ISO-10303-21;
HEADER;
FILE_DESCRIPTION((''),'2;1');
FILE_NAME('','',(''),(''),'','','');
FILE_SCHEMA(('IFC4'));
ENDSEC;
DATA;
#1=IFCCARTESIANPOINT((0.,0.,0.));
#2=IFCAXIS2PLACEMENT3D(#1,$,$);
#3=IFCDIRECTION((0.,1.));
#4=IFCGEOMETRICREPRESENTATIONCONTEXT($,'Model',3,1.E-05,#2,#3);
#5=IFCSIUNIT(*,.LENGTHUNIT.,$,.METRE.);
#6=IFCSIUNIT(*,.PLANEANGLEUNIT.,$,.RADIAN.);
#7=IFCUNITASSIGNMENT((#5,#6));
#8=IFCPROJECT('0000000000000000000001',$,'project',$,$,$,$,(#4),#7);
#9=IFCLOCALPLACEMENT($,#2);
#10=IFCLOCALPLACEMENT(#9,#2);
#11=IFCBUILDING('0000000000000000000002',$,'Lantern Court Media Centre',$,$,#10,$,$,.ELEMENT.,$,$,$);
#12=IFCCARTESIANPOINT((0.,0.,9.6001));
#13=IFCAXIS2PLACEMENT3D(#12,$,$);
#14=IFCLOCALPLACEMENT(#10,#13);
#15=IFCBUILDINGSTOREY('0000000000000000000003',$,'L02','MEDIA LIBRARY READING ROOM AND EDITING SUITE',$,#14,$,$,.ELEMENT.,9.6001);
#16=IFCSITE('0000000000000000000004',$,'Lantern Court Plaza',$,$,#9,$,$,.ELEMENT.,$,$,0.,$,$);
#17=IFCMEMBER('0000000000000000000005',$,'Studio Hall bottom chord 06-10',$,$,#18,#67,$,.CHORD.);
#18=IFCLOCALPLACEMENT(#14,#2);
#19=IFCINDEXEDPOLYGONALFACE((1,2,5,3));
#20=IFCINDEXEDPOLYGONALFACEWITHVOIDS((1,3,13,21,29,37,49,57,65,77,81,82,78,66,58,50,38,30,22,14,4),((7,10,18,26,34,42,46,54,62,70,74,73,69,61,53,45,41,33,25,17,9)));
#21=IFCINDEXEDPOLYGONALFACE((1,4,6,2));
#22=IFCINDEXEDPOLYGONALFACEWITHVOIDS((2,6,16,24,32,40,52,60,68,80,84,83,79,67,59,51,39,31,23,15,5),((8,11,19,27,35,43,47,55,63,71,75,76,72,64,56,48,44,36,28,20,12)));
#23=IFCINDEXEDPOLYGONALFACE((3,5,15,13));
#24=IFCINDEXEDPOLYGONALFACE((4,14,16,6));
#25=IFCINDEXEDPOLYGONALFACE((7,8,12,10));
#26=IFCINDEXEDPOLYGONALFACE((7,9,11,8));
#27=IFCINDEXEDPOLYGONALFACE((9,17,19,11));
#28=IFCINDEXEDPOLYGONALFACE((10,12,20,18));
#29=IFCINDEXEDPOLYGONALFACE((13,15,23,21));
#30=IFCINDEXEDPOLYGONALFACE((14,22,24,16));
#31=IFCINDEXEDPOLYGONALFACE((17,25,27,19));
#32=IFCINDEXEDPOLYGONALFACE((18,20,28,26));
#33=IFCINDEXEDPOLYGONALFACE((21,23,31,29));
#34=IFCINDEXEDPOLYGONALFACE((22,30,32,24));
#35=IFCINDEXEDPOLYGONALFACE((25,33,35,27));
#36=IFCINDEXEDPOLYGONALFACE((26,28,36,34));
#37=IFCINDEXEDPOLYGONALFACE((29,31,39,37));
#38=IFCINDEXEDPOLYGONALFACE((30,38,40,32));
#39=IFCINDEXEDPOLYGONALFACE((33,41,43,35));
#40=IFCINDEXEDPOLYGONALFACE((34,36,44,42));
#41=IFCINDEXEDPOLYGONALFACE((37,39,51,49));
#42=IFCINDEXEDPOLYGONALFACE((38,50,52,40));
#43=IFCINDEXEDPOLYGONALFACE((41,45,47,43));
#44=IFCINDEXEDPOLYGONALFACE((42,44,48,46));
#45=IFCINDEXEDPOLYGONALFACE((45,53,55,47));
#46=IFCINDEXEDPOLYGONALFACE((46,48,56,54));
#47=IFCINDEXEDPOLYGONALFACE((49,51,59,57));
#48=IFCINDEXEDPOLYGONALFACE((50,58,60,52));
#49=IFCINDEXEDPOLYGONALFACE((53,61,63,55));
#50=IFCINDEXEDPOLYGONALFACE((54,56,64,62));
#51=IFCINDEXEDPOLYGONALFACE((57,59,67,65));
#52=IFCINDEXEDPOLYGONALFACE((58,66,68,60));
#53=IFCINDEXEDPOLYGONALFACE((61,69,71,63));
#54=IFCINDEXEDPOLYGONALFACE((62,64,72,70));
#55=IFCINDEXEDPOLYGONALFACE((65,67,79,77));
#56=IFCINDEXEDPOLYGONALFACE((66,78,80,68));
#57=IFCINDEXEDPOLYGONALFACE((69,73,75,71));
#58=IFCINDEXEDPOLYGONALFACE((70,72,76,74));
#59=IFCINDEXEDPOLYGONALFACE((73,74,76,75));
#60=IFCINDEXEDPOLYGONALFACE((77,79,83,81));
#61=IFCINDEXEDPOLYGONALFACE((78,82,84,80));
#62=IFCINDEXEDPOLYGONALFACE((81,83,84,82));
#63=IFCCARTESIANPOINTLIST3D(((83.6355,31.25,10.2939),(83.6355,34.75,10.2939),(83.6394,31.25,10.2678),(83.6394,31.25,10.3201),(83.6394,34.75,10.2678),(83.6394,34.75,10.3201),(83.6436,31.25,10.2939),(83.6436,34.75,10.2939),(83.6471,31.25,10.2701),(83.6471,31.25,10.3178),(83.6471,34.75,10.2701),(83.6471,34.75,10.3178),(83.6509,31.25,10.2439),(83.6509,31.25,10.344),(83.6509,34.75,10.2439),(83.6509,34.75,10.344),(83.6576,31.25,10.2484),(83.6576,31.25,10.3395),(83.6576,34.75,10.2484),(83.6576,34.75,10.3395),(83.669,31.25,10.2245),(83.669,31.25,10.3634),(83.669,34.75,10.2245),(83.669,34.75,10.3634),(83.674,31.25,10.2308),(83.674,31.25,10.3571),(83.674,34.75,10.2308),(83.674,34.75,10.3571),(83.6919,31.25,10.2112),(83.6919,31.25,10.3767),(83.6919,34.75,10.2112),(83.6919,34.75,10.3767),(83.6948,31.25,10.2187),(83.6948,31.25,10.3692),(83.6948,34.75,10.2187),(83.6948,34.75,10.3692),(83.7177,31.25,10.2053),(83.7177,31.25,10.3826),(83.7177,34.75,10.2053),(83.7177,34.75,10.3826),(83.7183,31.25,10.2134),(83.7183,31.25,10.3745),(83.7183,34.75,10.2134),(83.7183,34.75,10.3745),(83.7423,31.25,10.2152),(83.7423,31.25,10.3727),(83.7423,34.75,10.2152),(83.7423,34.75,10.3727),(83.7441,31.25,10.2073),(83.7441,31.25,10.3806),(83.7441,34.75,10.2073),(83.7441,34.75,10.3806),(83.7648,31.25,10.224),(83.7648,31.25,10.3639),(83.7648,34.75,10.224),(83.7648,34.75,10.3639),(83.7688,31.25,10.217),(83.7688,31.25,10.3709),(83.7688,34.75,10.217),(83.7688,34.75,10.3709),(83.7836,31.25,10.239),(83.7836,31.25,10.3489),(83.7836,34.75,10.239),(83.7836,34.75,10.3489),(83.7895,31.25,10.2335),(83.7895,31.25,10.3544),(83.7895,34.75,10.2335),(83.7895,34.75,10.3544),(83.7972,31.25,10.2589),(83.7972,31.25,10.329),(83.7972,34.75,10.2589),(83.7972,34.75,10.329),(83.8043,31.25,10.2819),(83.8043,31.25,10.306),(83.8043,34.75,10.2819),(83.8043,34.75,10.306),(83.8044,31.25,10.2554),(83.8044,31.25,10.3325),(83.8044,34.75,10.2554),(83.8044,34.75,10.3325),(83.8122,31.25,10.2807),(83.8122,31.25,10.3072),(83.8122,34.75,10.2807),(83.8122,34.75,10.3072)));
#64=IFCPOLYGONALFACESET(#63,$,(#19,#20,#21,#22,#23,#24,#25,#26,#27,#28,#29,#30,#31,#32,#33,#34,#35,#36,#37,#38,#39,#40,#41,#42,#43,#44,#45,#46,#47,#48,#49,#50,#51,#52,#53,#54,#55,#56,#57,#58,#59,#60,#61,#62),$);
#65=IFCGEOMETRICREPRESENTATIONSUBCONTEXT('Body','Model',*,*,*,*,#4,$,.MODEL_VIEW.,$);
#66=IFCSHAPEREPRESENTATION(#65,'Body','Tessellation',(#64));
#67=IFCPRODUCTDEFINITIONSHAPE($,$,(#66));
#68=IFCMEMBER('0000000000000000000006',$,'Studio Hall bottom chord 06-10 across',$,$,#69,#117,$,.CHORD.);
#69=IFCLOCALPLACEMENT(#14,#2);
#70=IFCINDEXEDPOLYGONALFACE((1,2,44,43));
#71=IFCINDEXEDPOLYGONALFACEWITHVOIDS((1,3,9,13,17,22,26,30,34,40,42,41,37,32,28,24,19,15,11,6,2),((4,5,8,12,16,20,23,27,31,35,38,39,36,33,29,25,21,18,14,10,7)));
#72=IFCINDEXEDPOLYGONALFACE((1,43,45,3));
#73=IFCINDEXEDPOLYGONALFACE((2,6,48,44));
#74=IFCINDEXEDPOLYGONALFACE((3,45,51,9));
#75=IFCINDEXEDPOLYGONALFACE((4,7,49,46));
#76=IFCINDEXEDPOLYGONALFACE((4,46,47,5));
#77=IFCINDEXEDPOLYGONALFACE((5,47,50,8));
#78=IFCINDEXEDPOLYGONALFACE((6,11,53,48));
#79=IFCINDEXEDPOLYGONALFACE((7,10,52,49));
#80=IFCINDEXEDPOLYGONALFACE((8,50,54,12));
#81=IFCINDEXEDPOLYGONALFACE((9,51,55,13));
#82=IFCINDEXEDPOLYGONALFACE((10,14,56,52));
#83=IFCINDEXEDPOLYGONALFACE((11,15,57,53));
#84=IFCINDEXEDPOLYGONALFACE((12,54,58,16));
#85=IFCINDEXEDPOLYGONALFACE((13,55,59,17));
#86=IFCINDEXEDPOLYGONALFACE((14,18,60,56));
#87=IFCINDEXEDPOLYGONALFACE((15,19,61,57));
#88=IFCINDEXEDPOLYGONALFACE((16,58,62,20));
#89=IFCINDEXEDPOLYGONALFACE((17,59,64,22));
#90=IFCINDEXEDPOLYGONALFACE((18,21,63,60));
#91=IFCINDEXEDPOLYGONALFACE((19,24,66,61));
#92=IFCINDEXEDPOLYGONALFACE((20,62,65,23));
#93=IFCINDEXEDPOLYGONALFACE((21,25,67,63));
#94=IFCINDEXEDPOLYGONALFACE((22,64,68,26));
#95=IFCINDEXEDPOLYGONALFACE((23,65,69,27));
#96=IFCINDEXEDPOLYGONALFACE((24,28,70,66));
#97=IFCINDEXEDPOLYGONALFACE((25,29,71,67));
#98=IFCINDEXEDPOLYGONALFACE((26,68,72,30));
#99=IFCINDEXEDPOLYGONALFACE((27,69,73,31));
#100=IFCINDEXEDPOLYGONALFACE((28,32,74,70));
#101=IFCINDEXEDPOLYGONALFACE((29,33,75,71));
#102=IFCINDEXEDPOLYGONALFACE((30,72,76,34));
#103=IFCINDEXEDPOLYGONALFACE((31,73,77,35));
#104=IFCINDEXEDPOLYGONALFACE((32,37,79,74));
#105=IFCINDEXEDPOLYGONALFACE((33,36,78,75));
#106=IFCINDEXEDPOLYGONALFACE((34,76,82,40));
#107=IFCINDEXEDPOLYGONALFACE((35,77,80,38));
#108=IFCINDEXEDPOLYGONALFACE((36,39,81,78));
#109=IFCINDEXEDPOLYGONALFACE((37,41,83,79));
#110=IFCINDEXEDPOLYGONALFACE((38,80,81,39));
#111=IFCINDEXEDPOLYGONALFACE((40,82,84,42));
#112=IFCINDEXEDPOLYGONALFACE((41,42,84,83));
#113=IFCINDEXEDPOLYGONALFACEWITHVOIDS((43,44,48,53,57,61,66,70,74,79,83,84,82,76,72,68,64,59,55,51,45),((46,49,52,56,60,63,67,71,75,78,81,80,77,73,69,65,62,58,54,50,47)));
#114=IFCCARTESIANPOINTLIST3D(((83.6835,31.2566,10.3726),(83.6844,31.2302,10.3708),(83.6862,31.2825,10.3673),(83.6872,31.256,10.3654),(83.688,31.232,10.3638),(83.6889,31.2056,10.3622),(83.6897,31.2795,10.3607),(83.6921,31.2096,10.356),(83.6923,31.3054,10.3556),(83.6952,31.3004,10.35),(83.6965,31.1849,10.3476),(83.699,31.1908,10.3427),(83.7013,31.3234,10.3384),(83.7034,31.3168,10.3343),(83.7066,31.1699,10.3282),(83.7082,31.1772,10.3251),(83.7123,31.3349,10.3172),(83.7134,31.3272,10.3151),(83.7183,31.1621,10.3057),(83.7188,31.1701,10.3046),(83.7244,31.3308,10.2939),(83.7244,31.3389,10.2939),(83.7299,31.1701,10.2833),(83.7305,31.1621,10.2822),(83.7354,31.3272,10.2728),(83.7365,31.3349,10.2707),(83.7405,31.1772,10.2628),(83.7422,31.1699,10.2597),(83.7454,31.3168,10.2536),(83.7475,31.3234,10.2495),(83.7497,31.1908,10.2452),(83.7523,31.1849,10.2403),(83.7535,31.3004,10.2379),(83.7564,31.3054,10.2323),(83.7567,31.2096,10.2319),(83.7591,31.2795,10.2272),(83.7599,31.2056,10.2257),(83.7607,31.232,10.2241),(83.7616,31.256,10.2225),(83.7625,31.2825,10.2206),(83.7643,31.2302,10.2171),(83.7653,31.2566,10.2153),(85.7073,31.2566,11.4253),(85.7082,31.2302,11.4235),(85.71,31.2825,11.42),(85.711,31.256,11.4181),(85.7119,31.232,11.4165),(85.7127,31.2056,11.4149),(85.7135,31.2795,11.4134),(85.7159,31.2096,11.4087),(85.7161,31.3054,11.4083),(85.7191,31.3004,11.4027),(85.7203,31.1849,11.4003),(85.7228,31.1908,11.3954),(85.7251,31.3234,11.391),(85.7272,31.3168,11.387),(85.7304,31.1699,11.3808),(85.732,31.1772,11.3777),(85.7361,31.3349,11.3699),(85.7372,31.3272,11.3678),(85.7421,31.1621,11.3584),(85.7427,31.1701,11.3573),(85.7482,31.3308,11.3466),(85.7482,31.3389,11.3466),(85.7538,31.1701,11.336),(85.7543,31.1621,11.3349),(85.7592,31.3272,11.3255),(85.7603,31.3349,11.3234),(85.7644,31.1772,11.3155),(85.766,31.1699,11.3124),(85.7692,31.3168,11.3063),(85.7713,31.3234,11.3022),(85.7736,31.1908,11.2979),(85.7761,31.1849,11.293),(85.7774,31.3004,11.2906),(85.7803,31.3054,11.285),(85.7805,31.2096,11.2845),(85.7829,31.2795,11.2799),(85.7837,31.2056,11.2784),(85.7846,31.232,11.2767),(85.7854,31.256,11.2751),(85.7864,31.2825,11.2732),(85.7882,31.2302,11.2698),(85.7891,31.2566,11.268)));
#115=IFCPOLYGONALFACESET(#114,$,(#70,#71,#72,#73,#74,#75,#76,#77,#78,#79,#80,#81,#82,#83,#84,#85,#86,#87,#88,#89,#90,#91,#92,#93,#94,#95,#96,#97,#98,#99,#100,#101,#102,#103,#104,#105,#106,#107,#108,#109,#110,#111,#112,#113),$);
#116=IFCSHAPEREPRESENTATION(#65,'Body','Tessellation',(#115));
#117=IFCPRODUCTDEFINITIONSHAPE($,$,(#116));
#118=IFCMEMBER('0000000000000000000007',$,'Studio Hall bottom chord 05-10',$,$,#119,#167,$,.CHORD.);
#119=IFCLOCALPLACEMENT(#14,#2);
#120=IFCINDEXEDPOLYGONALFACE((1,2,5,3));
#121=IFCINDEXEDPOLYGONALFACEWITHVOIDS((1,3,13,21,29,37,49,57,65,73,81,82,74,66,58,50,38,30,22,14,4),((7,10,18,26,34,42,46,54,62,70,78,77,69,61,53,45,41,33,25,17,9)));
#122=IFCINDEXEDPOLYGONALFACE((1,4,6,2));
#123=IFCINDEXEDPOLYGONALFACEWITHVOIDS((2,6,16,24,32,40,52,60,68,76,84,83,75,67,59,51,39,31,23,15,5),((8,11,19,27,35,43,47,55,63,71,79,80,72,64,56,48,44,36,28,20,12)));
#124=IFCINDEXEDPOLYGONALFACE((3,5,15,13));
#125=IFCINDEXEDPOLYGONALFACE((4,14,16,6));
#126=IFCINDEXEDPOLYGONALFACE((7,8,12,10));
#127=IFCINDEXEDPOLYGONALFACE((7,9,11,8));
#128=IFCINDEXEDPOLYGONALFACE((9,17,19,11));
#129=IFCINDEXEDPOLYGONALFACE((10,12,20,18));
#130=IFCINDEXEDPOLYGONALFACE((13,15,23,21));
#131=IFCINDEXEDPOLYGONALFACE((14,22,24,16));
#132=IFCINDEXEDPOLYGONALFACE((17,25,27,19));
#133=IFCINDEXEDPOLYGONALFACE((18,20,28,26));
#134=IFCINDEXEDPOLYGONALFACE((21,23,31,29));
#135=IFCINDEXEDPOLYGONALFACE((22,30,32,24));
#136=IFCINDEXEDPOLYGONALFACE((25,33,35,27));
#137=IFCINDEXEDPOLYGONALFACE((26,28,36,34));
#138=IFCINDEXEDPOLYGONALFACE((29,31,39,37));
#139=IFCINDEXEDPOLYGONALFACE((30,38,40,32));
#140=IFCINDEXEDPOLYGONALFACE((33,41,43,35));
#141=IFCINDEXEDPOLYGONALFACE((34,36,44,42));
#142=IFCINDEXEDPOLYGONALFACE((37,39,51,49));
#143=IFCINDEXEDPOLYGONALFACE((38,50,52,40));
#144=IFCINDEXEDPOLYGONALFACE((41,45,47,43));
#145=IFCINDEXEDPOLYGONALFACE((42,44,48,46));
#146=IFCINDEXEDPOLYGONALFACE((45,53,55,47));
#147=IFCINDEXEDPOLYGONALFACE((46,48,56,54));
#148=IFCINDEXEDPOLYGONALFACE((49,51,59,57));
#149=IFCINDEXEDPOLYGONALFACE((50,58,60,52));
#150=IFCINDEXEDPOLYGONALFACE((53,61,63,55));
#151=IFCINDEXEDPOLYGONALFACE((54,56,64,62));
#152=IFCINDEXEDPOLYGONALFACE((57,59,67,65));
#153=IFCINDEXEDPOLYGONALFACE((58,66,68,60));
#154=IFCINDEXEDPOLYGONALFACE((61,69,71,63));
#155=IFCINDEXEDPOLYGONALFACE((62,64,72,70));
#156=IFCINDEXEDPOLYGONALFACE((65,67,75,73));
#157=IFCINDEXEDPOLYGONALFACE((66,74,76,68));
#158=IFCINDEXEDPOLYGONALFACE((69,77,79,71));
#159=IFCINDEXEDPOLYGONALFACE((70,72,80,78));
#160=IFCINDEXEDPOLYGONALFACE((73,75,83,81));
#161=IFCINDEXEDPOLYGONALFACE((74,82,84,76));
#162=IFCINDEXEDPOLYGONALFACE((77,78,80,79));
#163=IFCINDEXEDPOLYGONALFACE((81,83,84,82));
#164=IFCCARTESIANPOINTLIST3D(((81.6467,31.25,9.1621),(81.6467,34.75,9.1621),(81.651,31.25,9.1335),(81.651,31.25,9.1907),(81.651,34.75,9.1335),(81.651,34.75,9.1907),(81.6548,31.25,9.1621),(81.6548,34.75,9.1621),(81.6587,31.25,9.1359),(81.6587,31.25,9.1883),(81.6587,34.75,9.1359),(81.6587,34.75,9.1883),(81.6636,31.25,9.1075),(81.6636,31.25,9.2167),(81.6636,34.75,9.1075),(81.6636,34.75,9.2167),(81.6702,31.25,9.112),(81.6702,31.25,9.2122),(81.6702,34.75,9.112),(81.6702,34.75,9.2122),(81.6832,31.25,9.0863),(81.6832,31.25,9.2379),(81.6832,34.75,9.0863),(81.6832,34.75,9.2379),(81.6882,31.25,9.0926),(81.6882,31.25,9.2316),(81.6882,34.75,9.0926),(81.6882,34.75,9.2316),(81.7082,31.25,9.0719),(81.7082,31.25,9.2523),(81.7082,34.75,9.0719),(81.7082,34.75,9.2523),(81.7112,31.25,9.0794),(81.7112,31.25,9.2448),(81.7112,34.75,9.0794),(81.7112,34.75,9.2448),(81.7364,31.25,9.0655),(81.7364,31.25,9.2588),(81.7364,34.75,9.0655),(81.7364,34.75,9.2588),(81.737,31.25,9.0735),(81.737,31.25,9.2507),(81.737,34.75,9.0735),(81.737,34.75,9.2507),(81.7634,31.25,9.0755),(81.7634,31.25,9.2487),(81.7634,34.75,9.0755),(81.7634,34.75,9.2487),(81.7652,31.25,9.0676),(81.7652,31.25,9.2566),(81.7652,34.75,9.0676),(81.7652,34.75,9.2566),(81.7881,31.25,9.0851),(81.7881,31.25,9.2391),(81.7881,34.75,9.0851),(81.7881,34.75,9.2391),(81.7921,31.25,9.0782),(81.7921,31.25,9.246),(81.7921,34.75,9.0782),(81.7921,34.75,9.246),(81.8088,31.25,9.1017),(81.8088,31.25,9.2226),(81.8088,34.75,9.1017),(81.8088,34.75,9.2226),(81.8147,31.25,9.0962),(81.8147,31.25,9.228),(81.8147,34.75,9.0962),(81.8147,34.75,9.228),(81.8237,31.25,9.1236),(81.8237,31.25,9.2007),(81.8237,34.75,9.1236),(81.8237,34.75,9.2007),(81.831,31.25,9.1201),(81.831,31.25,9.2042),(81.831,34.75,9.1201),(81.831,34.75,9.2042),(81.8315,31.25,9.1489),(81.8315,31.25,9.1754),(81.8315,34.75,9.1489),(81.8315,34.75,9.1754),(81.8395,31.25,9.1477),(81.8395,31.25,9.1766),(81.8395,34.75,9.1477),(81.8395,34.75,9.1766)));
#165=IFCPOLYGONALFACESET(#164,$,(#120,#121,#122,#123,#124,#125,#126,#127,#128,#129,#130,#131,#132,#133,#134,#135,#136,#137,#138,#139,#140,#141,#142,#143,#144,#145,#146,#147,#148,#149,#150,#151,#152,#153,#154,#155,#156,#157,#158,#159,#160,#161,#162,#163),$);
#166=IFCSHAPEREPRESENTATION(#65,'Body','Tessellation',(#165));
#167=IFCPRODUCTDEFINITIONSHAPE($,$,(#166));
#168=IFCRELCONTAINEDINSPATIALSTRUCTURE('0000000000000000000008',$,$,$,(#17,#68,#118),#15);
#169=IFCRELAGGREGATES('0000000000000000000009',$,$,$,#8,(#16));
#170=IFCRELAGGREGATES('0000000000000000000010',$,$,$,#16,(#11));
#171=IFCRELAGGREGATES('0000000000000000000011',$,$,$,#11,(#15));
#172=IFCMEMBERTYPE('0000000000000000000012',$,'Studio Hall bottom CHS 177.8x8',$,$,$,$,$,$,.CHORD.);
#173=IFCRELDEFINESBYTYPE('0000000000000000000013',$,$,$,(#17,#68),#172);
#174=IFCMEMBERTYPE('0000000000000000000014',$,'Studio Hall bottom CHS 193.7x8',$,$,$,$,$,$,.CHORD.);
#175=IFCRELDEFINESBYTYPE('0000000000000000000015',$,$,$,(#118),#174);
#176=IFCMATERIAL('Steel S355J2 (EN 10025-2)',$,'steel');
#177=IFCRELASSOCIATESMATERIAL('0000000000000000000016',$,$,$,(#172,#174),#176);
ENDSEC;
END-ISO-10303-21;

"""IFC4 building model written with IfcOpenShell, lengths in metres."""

from ifc_helpers import new_model, si_unit, direction, frame, origin, origin_2d, place, context, subcontext, project, spatial, hollow_circle, extrude, material, material_profile, profile_set, type_object, element, save


model = new_model("IFC4")

# Units and contexts
model_context = context("Model", 3, precision=1e-05, world=origin(), true_north=direction((0.0, 1.0)))
body_context = subcontext(model_context, "Body", "Model", "MODEL_VIEW")
ifc_project = project(units=[si_unit("LENGTHUNIT", "METRE"), si_unit("PLANEANGLEUNIT", "RADIAN")], contexts=[model_context])

# Site, building, storey
site_placement = place(None, origin())
site = spatial("IfcSite", under=ifc_project, at=site_placement, Name="Lantern Court Plaza", CompositionType="ELEMENT", RefElevation=0.0)
building_placement = place(site_placement, origin())
building = spatial("IfcBuilding", under=site, at=building_placement, Name="Lantern Court Media Centre", CompositionType="ELEMENT")
storey_placement = place(building_placement, frame((0.0, 0.0, 9.6001)))
storey = spatial("IfcBuildingStorey", under=building, at=storey_placement, Name="L02", Description="MEDIA LIBRARY READING ROOM AND EDITING SUITE", CompositionType="ELEMENT", Elevation=9.6001)

# Members
ifc_material = material(Name="Steel S355J2 (EN 10025-2)", Category="steel")
ifc_material_profile_1 = material_profile(ifc_material, hollow_circle(Radius=0.0889, WallThickness=0.0081, at=origin_2d()), Name="Studio Hall bottom CHS 177.8x8")
ifc_profile_set_1 = profile_set([ifc_material_profile_1], Name="Steel S355J2 (EN 10025-2)")
member_type_1 = type_object("IfcMemberType", Name="Studio Hall bottom CHS 177.8x8", PredefinedType="CHORD", material=ifc_profile_set_1)
member_1_placement = place(storey_placement, frame((83.7244, 31.25, 10.2939), z_axis=(0.0, 1.0, 0.0), x_axis=(-1.0, 0.0, 0.0)))
element("IfcMember", 1, at=member_1_placement, inside=storey, type_object=member_type_1, Name="Studio Hall bottom chord 06-10", PredefinedType="CHORD", context=body_context, shape_type="SweptSolid", body=[
    extrude(hollow_circle(Radius=0.0889, WallThickness=0.0081, at=origin_2d()), origin(), (0.0, 0.0, 1.0), 3.5),
])
member_2_placement = place(storey_placement, frame((83.7244, 31.25, 10.2939), z_axis=(0.887164, 0.0, 0.461454), x_axis=(0.0, 1.0, 0.0)))
element("IfcMember", 2, at=member_2_placement, inside=storey, type_object=member_type_1, Name="Studio Hall bottom chord 06-10 across", PredefinedType="CHORD", context=body_context, shape_type="SweptSolid", body=[
    extrude(hollow_circle(Radius=0.0889, WallThickness=0.0081, at=origin_2d()), origin(), (0.0, 0.0, 1.0), 2.2812),
])
ifc_material_profile_2 = material_profile(ifc_material, hollow_circle(Radius=0.0969, WallThickness=0.0081, at=origin_2d()), Name="Studio Hall bottom CHS 193.7x8")
ifc_profile_set_2 = profile_set([ifc_material_profile_2], Name="Steel S355J2 (EN 10025-2)")
member_type_2 = type_object("IfcMemberType", Name="Studio Hall bottom CHS 193.7x8", PredefinedType="CHORD", material=ifc_profile_set_2)
member_3_placement = place(storey_placement, frame((81.7437, 31.25, 9.1621), z_axis=(0.0, 1.0, 0.0), x_axis=(-1.0, 0.0, 0.0)))
element("IfcMember", 3, at=member_3_placement, inside=storey, type_object=member_type_2, Name="Studio Hall bottom chord 05-10", PredefinedType="CHORD", context=body_context, shape_type="SweptSolid", body=[
    extrude(hollow_circle(Radius=0.0969, WallThickness=0.0081, at=origin_2d()), origin(), (0.0, 0.0, 1.0), 3.5),
])

save(model, "model.ifc")
